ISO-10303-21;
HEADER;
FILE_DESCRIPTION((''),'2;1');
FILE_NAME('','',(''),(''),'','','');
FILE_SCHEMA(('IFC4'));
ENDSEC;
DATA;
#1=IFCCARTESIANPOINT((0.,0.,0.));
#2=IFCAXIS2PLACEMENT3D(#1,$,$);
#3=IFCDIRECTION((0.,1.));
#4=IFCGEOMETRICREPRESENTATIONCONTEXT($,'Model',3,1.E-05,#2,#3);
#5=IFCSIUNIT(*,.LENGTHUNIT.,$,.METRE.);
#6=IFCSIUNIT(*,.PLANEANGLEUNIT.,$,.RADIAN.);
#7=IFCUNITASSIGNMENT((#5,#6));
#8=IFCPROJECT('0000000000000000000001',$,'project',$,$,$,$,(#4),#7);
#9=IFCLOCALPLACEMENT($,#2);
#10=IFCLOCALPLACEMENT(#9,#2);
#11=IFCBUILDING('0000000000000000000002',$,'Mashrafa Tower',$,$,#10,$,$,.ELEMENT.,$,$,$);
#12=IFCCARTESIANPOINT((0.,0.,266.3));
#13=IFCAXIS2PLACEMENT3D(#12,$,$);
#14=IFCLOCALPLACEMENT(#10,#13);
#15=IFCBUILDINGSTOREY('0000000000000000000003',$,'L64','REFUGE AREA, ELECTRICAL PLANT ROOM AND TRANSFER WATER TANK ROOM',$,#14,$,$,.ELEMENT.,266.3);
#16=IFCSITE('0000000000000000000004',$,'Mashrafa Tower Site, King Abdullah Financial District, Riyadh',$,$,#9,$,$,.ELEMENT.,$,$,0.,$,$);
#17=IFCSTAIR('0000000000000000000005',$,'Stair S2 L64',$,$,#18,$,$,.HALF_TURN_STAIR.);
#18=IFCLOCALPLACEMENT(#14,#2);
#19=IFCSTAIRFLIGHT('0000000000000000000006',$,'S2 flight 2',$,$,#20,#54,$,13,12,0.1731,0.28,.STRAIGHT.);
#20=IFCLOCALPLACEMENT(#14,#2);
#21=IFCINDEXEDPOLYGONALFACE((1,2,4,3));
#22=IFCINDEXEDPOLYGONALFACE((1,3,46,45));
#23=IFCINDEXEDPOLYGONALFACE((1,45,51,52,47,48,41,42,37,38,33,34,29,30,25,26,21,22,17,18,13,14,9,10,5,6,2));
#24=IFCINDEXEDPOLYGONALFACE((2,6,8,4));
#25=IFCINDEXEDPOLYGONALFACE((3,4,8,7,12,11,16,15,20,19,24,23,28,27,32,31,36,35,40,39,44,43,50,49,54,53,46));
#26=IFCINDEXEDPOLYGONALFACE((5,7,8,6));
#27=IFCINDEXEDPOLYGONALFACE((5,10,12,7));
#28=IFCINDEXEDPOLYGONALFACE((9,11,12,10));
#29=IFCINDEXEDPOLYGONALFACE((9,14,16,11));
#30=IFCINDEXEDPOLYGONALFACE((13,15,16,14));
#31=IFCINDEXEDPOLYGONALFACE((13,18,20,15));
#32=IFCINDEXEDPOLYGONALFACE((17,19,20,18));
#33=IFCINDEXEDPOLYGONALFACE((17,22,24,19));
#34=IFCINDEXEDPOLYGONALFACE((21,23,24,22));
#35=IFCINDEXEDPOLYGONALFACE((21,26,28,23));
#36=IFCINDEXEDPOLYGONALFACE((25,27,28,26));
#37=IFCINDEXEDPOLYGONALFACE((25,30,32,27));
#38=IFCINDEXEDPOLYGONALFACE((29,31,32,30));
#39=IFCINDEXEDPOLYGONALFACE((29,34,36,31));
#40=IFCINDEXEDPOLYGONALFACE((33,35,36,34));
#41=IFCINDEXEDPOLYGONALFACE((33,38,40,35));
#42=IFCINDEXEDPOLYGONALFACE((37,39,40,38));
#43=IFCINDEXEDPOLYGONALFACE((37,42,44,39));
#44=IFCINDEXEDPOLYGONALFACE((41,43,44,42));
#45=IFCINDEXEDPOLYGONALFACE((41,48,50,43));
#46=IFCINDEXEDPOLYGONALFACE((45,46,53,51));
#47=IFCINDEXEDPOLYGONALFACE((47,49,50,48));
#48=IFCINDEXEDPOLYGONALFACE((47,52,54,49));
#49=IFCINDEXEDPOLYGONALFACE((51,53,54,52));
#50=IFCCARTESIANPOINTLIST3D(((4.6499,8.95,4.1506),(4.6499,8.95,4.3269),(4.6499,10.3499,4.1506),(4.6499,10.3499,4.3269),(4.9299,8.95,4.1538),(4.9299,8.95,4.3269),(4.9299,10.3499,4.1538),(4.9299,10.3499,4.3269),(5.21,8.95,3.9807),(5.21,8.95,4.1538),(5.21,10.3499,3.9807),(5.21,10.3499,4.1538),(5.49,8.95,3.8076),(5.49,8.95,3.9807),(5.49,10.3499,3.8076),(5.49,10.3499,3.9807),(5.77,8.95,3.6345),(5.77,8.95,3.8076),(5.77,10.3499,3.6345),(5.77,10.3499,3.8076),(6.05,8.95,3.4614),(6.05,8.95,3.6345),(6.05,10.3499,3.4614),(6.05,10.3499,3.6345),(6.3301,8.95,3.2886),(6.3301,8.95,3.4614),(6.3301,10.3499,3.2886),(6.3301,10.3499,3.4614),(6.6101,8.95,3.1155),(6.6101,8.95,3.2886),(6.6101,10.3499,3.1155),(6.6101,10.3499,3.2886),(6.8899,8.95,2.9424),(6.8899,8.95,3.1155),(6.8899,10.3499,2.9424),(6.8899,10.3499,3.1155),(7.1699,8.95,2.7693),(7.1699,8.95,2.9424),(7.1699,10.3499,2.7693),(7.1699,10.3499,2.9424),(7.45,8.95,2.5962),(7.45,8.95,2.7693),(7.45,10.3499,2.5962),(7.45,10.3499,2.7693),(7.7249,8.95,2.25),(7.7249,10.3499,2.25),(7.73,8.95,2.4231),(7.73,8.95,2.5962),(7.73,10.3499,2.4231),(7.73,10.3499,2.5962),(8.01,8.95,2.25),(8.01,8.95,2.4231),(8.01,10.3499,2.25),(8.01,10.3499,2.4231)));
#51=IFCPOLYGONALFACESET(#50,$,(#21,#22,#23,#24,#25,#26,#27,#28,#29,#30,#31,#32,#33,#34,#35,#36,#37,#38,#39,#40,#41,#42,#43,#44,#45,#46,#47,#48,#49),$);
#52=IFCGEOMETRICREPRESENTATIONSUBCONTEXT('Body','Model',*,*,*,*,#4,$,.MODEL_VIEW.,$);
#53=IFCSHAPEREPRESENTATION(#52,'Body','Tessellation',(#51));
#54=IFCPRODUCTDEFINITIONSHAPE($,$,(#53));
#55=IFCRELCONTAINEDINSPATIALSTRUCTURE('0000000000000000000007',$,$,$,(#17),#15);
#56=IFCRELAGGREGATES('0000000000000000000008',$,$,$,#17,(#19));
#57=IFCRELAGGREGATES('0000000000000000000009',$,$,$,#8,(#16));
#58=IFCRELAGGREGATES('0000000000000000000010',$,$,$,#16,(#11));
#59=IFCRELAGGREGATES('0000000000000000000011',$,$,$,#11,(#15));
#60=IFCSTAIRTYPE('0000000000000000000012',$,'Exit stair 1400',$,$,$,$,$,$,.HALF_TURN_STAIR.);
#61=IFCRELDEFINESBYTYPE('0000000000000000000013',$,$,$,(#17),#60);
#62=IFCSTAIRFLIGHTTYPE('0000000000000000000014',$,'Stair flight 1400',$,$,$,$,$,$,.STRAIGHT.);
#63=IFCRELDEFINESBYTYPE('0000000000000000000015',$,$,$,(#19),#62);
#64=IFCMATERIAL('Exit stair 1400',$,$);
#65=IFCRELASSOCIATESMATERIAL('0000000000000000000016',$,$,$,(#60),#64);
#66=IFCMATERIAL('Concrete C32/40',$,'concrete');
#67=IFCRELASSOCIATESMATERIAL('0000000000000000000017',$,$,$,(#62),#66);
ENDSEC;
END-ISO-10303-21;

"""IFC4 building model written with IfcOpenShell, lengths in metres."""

from ifc_helpers import new_model, si_unit, direction, frame, origin, place, context, subcontext, project, spatial, polyline, outline, extrude, material, type_object, element, aggregate, save


model = new_model("IFC4")

# Units and contexts
model_context = context("Model", 3, precision=1e-05, world=origin(), true_north=direction((0.0, 1.0)))
body_context = subcontext(model_context, "Body", "Model", "MODEL_VIEW")
ifc_project = project(units=[si_unit("LENGTHUNIT", "METRE"), si_unit("PLANEANGLEUNIT", "RADIAN")], contexts=[model_context])

# Site, building, storey
site_placement = place(None, origin())
site = spatial("IfcSite", under=ifc_project, at=site_placement, Name="Mashrafa Tower Site, King Abdullah Financial District, Riyadh", CompositionType="ELEMENT", RefElevation=0.0)
building_placement = place(site_placement, origin())
building = spatial("IfcBuilding", under=site, at=building_placement, Name="Mashrafa Tower", CompositionType="ELEMENT")
storey_placement = place(building_placement, frame((0.0, 0.0, 266.3)))
storey = spatial("IfcBuildingStorey", under=building, at=storey_placement, Name="L64", Description="REFUGE AREA, ELECTRICAL PLANT ROOM AND TRANSFER WATER TANK ROOM", CompositionType="ELEMENT", Elevation=266.3)

# Stair, stair flight
ifc_material_1 = material(Name="Exit stair 1400")
stair_type = type_object("IfcStairType", Name="Exit stair 1400", PredefinedType="HALF_TURN_STAIR", material=ifc_material_1)
stair_placement = place(storey_placement, origin())
stair = element("IfcStair", 1, at=stair_placement, inside=storey, type_object=stair_type, Name="Stair S2 L64", PredefinedType="HALF_TURN_STAIR")
ifc_material_2 = material(Name="Concrete C32/40", Category="concrete")
stair_flight_type = type_object("IfcStairFlightType", Name="Stair flight 1400", PredefinedType="STRAIGHT", material=ifc_material_2)
stair_flight_1_placement = place(storey_placement, frame((8.01, 9.6499, 2.25), z_axis=(0.0, 0.0, 1.0), x_axis=(-1.0, 0.0, 0.0)))
stair_flight_1 = element("IfcStairFlight", 2, at=stair_flight_1_placement, type_object=stair_flight_type, Name="S2 flight 2", NumberOfRisers=13, NumberOfTreads=12, PredefinedType="STRAIGHT", RiserHeight=0.1731, TreadLength=0.28, context=body_context, shape_type="SweptSolid", body=[
    extrude(outline(polyline([(0.0, 0.0), (0.0, 0.1731), (0.28, 0.1731), (0.28, 0.3462), (0.5601, 0.3462), (0.5601, 0.5193), (0.8401, 0.5193), (0.8401, 0.6924), (1.1201, 0.6924), (1.1201, 0.8655), (1.3999, 0.8655), (1.3999, 1.0386), (1.6799, 1.0386), (1.6799, 1.2114), (1.96, 1.2114), (1.96, 1.3845), (2.24, 1.3845), (2.24, 1.5576), (2.52, 1.5576), (2.52, 1.7307), (2.8, 1.7307), (2.8, 1.9038), (3.0801, 1.9038), (3.0801, 2.0769), (3.3601, 2.0769), (3.3601, 2.25), (3.3601, 1.9006), (0.2852, 0.0), (0.0, 0.0)])), frame((0.0, 0.7, 0.0), z_axis=(0.0, -1.0, 0.0), x_axis=(1.0, 0.0, 0.0)), (0.0, 0.0, 1.0), 1.3999),
])
aggregate(stair, [stair_flight_1])

save(model, "model.ifc")
